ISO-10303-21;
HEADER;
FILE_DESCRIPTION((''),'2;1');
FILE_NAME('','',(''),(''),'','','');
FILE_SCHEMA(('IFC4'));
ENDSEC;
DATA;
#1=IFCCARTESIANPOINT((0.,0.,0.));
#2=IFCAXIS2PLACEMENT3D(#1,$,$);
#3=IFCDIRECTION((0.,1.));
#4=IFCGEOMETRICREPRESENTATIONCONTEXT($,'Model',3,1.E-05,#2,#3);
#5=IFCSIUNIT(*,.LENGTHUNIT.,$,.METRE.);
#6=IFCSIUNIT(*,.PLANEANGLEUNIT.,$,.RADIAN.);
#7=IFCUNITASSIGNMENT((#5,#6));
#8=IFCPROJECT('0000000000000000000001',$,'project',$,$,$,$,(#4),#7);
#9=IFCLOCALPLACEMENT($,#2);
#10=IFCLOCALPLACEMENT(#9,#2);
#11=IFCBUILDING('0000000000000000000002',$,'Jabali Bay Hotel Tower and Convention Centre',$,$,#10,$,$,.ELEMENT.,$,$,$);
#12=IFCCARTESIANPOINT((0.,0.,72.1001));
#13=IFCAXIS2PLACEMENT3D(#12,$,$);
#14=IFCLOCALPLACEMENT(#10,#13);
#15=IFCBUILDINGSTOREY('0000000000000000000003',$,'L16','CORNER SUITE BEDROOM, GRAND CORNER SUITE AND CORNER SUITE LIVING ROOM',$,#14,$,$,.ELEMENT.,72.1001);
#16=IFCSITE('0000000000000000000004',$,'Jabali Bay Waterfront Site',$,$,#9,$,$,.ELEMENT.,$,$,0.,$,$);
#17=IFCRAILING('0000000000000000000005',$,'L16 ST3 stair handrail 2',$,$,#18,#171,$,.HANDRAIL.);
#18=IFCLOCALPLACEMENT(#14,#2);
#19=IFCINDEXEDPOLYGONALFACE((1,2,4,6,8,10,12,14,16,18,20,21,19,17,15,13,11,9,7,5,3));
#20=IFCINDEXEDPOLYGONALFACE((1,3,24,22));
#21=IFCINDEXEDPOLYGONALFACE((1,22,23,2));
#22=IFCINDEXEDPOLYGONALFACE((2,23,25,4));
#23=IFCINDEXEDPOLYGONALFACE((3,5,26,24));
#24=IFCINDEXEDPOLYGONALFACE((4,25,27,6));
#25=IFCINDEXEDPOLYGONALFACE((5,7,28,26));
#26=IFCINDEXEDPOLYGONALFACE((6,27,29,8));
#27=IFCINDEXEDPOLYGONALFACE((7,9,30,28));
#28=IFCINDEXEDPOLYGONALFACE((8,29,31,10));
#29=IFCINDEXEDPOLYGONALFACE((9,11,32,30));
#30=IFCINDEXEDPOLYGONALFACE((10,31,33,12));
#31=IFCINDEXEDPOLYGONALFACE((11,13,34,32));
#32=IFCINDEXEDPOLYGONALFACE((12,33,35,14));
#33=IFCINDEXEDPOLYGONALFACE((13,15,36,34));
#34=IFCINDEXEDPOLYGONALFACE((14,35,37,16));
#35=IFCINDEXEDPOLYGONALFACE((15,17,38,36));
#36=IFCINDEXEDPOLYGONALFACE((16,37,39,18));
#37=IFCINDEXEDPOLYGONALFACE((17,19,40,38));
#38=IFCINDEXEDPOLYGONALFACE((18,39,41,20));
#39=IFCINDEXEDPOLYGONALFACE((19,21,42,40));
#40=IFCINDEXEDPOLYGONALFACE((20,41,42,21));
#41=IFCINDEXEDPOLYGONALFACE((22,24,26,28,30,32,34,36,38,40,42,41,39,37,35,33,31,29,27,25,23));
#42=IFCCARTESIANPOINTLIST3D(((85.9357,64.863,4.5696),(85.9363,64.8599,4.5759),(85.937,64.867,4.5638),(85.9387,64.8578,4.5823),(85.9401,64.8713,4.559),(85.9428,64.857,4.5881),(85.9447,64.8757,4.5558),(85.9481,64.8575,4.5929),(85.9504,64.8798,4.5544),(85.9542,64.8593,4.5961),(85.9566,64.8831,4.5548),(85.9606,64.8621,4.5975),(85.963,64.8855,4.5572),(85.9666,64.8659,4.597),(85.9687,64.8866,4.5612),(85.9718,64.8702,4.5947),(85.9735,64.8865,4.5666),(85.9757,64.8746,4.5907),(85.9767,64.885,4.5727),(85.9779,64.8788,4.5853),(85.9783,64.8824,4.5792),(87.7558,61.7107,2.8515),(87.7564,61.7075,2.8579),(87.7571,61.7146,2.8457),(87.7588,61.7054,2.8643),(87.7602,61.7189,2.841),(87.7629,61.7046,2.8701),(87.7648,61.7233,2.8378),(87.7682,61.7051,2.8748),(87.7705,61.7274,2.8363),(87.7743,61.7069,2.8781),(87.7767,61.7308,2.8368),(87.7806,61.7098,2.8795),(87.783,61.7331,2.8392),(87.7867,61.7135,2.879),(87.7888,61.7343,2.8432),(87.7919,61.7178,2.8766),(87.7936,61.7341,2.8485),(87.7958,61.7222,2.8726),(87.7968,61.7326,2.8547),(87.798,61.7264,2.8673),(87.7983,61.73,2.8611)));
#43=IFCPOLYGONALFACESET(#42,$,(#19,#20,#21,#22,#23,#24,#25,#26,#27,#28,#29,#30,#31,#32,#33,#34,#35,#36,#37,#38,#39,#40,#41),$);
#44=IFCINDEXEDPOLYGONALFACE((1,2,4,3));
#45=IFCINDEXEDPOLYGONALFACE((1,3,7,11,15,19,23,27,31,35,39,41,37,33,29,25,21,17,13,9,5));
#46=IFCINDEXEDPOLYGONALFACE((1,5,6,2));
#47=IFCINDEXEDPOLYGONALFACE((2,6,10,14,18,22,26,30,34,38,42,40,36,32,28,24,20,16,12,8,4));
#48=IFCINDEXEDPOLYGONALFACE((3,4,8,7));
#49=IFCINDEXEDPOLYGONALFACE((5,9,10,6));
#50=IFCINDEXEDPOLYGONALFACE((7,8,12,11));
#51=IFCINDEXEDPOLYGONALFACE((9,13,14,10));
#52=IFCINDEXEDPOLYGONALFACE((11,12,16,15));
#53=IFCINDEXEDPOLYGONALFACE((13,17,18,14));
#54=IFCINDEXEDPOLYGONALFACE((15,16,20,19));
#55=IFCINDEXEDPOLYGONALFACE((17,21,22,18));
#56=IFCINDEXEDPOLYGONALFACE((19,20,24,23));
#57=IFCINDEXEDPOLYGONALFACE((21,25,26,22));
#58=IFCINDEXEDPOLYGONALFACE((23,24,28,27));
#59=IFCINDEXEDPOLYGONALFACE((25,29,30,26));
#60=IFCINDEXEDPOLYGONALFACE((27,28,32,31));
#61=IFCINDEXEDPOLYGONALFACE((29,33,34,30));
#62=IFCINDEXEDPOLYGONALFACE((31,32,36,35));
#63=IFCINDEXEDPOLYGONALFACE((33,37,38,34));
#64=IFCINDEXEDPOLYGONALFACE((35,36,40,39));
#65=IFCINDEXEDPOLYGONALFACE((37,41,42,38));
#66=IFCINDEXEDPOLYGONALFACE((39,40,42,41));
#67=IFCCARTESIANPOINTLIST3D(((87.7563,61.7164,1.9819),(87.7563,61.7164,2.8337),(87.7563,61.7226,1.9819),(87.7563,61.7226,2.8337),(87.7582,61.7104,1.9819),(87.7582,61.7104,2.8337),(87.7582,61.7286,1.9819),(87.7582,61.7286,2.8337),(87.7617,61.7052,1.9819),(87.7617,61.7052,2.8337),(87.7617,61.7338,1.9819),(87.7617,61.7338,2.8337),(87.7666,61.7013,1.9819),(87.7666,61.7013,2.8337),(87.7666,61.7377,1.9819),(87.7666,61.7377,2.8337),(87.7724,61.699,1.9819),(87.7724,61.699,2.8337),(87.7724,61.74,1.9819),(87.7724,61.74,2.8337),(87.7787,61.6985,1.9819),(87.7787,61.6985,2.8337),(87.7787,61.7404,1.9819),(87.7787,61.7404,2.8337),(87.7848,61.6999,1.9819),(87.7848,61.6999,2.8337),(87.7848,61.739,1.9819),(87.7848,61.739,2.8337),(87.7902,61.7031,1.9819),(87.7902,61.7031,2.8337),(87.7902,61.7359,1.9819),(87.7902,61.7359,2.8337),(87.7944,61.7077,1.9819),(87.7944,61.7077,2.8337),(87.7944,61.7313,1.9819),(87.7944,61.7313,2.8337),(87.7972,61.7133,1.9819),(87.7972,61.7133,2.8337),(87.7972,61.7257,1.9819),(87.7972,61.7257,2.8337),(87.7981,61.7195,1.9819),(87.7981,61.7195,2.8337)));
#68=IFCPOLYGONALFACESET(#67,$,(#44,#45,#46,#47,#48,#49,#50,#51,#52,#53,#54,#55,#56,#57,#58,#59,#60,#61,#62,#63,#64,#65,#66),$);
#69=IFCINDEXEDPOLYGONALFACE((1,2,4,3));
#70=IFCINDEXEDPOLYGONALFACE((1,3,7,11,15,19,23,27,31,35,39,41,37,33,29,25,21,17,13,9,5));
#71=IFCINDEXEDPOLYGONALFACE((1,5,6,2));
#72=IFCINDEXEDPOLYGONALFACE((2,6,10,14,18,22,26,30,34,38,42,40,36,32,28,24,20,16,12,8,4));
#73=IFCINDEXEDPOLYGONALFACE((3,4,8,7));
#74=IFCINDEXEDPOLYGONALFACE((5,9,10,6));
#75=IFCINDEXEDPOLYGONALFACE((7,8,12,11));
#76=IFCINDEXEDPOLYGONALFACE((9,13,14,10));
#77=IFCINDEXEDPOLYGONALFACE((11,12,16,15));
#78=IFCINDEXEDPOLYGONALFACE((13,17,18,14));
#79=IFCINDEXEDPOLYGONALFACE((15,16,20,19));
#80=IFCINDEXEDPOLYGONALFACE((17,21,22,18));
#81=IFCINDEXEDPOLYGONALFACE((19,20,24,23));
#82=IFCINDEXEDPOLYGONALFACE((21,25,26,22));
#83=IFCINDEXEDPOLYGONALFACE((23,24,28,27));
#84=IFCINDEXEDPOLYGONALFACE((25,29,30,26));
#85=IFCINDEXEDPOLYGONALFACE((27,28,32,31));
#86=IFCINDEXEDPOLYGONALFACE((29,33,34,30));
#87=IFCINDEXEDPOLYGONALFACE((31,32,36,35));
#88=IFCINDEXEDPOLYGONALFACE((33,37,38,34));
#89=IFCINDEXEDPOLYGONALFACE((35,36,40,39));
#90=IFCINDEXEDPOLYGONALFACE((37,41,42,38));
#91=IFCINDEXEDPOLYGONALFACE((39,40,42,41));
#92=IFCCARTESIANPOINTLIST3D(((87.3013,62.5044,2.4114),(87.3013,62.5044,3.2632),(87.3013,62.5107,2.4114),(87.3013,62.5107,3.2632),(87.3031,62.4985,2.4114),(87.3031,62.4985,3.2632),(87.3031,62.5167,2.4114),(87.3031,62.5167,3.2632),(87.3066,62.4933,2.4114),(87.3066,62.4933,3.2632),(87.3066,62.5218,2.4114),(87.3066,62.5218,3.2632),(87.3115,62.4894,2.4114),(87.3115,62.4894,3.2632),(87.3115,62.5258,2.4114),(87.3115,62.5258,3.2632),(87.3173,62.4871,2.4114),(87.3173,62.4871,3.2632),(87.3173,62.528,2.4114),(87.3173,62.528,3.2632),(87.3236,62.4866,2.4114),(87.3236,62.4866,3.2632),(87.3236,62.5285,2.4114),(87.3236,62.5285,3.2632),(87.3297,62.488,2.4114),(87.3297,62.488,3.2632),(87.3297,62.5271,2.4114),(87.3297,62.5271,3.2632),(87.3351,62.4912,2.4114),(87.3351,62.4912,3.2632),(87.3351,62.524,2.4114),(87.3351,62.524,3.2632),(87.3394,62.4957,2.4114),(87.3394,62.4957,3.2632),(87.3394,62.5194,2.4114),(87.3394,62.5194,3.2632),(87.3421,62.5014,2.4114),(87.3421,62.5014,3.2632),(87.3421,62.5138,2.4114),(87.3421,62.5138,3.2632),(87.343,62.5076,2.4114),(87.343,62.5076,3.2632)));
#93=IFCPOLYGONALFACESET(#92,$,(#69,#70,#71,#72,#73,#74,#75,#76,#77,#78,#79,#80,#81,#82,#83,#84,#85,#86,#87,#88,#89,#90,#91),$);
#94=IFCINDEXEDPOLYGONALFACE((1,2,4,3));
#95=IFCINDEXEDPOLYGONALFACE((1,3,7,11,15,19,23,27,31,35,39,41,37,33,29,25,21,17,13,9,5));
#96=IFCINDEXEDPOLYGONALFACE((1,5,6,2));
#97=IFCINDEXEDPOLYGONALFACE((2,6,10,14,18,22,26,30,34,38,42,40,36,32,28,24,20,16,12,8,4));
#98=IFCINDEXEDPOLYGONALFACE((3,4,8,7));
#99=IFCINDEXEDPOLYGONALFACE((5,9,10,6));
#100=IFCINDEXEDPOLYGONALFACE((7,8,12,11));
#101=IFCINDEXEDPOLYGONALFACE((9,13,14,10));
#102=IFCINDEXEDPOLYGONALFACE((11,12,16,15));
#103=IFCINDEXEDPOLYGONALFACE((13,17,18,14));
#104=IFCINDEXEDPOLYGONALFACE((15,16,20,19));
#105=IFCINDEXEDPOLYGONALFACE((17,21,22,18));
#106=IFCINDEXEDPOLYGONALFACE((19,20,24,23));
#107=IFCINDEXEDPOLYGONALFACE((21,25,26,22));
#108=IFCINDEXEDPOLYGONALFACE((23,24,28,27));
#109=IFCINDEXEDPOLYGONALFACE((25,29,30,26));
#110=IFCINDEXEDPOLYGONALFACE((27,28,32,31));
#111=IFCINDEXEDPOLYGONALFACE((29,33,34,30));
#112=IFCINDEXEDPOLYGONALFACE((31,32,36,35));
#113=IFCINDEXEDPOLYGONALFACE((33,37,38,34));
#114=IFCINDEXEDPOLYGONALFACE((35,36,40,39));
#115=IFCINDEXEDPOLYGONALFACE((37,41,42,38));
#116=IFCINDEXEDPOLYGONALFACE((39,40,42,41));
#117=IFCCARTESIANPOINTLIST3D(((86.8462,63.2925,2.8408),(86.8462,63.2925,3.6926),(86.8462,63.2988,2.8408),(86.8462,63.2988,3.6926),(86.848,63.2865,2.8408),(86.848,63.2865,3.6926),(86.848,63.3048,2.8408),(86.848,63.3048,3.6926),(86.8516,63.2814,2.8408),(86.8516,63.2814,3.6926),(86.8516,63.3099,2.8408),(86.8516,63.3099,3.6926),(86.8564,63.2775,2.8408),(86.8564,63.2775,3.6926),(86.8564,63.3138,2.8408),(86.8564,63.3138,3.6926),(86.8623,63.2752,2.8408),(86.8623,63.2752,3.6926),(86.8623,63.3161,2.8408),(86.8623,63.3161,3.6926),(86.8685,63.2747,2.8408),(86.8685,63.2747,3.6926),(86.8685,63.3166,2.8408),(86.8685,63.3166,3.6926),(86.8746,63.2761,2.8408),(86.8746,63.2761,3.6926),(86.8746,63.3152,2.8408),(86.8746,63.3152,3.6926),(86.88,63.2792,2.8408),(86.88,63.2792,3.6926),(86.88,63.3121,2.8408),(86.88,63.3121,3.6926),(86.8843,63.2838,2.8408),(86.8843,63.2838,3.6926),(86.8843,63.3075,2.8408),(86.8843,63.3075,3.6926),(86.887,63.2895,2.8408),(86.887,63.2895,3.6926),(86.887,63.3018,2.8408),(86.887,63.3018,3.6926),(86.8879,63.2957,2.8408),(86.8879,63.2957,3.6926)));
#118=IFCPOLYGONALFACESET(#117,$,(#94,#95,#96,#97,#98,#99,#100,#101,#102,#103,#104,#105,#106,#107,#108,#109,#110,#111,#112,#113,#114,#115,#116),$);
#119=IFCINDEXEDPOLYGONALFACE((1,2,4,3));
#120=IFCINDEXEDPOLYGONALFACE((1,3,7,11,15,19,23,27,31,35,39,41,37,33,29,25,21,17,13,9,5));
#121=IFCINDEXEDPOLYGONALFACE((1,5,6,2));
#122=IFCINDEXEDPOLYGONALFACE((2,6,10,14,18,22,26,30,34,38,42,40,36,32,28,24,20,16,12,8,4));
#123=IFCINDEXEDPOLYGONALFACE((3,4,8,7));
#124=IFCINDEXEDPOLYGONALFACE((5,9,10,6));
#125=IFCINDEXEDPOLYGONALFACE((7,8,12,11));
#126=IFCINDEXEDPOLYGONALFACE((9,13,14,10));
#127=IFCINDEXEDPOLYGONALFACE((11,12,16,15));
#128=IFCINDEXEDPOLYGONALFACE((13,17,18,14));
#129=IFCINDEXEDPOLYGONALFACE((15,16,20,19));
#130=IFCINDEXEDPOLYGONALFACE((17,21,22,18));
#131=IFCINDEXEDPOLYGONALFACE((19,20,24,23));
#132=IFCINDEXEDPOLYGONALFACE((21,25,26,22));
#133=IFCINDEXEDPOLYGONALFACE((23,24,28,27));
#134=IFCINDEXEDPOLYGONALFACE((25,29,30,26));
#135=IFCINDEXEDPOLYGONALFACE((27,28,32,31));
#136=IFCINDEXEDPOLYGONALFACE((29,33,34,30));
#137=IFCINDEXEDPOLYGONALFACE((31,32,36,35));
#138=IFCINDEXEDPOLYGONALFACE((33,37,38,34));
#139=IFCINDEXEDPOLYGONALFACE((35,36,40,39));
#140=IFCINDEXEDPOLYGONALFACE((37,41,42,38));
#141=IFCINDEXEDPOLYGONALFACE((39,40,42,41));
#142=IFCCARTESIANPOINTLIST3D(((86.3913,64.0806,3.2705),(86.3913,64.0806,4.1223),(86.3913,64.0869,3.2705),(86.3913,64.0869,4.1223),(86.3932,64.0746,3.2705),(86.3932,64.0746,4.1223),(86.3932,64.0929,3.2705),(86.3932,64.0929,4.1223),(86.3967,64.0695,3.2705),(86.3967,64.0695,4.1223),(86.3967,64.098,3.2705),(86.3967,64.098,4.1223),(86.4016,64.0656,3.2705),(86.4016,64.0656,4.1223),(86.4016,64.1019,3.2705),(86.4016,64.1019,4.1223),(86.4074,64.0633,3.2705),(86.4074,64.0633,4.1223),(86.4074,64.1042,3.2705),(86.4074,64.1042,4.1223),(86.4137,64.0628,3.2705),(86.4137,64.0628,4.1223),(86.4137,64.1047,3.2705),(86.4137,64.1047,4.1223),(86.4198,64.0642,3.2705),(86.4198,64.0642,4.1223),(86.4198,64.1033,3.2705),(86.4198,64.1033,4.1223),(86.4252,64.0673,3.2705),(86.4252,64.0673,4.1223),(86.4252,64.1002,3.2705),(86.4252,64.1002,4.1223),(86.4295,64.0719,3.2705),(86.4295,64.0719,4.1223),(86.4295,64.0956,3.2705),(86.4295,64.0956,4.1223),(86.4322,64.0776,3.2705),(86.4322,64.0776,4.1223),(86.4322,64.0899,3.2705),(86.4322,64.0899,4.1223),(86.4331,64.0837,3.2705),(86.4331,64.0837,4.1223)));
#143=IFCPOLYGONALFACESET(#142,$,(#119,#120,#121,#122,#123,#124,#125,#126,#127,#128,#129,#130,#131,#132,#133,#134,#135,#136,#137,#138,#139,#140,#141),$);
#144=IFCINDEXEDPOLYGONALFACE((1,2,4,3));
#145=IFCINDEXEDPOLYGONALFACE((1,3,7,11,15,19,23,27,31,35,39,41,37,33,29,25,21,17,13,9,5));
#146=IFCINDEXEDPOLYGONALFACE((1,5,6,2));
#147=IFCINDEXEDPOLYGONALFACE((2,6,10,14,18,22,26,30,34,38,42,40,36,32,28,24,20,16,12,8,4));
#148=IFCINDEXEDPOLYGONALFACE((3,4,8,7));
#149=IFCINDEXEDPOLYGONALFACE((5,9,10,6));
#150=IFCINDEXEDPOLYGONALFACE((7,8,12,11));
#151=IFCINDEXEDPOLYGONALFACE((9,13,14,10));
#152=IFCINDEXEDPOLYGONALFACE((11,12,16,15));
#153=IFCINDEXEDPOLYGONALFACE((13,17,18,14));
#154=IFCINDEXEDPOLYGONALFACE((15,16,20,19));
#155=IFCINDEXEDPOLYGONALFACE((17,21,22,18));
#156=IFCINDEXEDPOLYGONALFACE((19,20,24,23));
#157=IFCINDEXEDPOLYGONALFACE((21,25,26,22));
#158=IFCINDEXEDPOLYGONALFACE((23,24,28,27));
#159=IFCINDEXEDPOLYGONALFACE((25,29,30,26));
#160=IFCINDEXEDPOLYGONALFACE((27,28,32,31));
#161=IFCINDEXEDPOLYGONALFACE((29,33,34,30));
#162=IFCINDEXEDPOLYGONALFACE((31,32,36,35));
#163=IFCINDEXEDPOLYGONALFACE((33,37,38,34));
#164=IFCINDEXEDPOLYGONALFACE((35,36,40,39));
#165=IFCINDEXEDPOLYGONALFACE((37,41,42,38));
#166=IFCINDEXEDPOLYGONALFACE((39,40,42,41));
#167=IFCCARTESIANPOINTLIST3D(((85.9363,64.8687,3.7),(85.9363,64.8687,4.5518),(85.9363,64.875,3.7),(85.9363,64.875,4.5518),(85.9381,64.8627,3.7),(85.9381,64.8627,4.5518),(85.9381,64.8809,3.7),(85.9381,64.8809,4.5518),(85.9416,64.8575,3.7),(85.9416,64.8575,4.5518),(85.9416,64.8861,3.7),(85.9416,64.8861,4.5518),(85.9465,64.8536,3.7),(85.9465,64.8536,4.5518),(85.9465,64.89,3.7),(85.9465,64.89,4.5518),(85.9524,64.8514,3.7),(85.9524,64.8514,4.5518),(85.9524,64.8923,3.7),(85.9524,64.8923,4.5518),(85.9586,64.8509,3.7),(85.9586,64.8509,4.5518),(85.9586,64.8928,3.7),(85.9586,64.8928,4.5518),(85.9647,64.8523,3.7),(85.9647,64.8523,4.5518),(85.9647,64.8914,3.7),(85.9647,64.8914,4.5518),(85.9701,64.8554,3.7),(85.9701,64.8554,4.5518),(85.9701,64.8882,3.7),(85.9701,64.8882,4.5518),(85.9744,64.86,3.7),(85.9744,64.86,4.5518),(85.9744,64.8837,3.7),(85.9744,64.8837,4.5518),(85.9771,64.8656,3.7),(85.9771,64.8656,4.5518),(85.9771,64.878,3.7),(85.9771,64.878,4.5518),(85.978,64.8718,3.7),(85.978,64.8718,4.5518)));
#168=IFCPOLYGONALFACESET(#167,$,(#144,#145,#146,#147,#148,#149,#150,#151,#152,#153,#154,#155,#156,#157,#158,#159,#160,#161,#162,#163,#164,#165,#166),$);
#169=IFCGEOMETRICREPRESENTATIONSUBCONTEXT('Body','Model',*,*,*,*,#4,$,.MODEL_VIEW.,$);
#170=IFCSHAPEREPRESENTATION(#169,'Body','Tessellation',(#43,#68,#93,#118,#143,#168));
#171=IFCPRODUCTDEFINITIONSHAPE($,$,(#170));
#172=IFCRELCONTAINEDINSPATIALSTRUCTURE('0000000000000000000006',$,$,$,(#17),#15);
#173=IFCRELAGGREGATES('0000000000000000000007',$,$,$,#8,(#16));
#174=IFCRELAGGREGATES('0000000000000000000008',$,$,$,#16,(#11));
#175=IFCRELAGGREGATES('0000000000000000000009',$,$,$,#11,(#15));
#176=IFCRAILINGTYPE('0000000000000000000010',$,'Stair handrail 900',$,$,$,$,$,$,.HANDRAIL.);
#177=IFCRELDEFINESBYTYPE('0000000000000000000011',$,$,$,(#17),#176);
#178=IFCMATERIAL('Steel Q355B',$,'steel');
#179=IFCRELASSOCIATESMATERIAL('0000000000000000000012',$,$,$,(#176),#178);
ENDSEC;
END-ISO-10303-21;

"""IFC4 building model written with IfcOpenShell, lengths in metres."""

from ifc_helpers import new_model, si_unit, direction, frame, origin, origin_2d, place, context, subcontext, project, spatial, circle, extrude, material, type_object, element, save


model = new_model("IFC4")

# Units and contexts
model_context = context("Model", 3, precision=1e-05, world=origin(), true_north=direction((0.0, 1.0)))
body_context = subcontext(model_context, "Body", "Model", "MODEL_VIEW")
ifc_project = project(units=[si_unit("LENGTHUNIT", "METRE"), si_unit("PLANEANGLEUNIT", "RADIAN")], contexts=[model_context])

# Site, building, storey
site_placement = place(None, origin())
site = spatial("IfcSite", under=ifc_project, at=site_placement, Name="Jabali Bay Waterfront Site", CompositionType="ELEMENT", RefElevation=0.0)
building_placement = place(site_placement, origin())
building = spatial("IfcBuilding", under=site, at=building_placement, Name="Jabali Bay Hotel Tower and Convention Centre", CompositionType="ELEMENT")
storey_placement = place(building_placement, frame((0.0, 0.0, 72.1001)))
storey = spatial("IfcBuildingStorey", under=building, at=storey_placement, Name="L16", Description="CORNER SUITE BEDROOM, GRAND CORNER SUITE AND CORNER SUITE LIVING ROOM", CompositionType="ELEMENT", Elevation=72.1001)

# Railing
ifc_material_1 = material(Name="Steel Q355B", Category="steel")
railing_type_1 = type_object("IfcRailingType", Name="Stair handrail 900", PredefinedType="HANDRAIL", material=ifc_material_1)
railing_1_placement = place(storey_placement, frame((87.7771, 61.7195, 1.9819)))
element("IfcRailing", 1, at=railing_1_placement, inside=storey, type_object=railing_type_1, Name="L16 ST3 stair handrail 2", PredefinedType="HANDRAIL", context=body_context, shape_type="SweptSolid", body=[
    extrude(circle(Radius=0.0239, at=origin_2d()), frame((0.0, 0.0, 0.876), z_axis=(-0.452179, 0.78317, 0.426825), x_axis=(-0.866018, -0.500013, 0.0)), (0.0, 0.0, 1.0), 4.0251),
    extrude(circle(Radius=0.021, at=origin_2d()), origin(), (0.0, 0.0, 1.0), 0.8518),
    extrude(circle(Radius=0.021, at=origin_2d()), frame((-0.4551, 0.7881, 0.4294)), (0.0, 0.0, 1.0), 0.8518),
    extrude(circle(Radius=0.021, at=origin_2d()), frame((-0.9102, 1.5762, 0.8589)), (0.0, 0.0, 1.0), 0.8518),
    extrude(circle(Radius=0.021, at=origin_2d()), frame((-1.365, 2.3643, 1.2886)), (0.0, 0.0, 1.0), 0.8518),
    extrude(circle(Radius=0.021, at=origin_2d()), frame((-1.8201, 3.1523, 1.718)), (0.0, 0.0, 1.0), 0.8518),
])

save(model, "model.ifc")
